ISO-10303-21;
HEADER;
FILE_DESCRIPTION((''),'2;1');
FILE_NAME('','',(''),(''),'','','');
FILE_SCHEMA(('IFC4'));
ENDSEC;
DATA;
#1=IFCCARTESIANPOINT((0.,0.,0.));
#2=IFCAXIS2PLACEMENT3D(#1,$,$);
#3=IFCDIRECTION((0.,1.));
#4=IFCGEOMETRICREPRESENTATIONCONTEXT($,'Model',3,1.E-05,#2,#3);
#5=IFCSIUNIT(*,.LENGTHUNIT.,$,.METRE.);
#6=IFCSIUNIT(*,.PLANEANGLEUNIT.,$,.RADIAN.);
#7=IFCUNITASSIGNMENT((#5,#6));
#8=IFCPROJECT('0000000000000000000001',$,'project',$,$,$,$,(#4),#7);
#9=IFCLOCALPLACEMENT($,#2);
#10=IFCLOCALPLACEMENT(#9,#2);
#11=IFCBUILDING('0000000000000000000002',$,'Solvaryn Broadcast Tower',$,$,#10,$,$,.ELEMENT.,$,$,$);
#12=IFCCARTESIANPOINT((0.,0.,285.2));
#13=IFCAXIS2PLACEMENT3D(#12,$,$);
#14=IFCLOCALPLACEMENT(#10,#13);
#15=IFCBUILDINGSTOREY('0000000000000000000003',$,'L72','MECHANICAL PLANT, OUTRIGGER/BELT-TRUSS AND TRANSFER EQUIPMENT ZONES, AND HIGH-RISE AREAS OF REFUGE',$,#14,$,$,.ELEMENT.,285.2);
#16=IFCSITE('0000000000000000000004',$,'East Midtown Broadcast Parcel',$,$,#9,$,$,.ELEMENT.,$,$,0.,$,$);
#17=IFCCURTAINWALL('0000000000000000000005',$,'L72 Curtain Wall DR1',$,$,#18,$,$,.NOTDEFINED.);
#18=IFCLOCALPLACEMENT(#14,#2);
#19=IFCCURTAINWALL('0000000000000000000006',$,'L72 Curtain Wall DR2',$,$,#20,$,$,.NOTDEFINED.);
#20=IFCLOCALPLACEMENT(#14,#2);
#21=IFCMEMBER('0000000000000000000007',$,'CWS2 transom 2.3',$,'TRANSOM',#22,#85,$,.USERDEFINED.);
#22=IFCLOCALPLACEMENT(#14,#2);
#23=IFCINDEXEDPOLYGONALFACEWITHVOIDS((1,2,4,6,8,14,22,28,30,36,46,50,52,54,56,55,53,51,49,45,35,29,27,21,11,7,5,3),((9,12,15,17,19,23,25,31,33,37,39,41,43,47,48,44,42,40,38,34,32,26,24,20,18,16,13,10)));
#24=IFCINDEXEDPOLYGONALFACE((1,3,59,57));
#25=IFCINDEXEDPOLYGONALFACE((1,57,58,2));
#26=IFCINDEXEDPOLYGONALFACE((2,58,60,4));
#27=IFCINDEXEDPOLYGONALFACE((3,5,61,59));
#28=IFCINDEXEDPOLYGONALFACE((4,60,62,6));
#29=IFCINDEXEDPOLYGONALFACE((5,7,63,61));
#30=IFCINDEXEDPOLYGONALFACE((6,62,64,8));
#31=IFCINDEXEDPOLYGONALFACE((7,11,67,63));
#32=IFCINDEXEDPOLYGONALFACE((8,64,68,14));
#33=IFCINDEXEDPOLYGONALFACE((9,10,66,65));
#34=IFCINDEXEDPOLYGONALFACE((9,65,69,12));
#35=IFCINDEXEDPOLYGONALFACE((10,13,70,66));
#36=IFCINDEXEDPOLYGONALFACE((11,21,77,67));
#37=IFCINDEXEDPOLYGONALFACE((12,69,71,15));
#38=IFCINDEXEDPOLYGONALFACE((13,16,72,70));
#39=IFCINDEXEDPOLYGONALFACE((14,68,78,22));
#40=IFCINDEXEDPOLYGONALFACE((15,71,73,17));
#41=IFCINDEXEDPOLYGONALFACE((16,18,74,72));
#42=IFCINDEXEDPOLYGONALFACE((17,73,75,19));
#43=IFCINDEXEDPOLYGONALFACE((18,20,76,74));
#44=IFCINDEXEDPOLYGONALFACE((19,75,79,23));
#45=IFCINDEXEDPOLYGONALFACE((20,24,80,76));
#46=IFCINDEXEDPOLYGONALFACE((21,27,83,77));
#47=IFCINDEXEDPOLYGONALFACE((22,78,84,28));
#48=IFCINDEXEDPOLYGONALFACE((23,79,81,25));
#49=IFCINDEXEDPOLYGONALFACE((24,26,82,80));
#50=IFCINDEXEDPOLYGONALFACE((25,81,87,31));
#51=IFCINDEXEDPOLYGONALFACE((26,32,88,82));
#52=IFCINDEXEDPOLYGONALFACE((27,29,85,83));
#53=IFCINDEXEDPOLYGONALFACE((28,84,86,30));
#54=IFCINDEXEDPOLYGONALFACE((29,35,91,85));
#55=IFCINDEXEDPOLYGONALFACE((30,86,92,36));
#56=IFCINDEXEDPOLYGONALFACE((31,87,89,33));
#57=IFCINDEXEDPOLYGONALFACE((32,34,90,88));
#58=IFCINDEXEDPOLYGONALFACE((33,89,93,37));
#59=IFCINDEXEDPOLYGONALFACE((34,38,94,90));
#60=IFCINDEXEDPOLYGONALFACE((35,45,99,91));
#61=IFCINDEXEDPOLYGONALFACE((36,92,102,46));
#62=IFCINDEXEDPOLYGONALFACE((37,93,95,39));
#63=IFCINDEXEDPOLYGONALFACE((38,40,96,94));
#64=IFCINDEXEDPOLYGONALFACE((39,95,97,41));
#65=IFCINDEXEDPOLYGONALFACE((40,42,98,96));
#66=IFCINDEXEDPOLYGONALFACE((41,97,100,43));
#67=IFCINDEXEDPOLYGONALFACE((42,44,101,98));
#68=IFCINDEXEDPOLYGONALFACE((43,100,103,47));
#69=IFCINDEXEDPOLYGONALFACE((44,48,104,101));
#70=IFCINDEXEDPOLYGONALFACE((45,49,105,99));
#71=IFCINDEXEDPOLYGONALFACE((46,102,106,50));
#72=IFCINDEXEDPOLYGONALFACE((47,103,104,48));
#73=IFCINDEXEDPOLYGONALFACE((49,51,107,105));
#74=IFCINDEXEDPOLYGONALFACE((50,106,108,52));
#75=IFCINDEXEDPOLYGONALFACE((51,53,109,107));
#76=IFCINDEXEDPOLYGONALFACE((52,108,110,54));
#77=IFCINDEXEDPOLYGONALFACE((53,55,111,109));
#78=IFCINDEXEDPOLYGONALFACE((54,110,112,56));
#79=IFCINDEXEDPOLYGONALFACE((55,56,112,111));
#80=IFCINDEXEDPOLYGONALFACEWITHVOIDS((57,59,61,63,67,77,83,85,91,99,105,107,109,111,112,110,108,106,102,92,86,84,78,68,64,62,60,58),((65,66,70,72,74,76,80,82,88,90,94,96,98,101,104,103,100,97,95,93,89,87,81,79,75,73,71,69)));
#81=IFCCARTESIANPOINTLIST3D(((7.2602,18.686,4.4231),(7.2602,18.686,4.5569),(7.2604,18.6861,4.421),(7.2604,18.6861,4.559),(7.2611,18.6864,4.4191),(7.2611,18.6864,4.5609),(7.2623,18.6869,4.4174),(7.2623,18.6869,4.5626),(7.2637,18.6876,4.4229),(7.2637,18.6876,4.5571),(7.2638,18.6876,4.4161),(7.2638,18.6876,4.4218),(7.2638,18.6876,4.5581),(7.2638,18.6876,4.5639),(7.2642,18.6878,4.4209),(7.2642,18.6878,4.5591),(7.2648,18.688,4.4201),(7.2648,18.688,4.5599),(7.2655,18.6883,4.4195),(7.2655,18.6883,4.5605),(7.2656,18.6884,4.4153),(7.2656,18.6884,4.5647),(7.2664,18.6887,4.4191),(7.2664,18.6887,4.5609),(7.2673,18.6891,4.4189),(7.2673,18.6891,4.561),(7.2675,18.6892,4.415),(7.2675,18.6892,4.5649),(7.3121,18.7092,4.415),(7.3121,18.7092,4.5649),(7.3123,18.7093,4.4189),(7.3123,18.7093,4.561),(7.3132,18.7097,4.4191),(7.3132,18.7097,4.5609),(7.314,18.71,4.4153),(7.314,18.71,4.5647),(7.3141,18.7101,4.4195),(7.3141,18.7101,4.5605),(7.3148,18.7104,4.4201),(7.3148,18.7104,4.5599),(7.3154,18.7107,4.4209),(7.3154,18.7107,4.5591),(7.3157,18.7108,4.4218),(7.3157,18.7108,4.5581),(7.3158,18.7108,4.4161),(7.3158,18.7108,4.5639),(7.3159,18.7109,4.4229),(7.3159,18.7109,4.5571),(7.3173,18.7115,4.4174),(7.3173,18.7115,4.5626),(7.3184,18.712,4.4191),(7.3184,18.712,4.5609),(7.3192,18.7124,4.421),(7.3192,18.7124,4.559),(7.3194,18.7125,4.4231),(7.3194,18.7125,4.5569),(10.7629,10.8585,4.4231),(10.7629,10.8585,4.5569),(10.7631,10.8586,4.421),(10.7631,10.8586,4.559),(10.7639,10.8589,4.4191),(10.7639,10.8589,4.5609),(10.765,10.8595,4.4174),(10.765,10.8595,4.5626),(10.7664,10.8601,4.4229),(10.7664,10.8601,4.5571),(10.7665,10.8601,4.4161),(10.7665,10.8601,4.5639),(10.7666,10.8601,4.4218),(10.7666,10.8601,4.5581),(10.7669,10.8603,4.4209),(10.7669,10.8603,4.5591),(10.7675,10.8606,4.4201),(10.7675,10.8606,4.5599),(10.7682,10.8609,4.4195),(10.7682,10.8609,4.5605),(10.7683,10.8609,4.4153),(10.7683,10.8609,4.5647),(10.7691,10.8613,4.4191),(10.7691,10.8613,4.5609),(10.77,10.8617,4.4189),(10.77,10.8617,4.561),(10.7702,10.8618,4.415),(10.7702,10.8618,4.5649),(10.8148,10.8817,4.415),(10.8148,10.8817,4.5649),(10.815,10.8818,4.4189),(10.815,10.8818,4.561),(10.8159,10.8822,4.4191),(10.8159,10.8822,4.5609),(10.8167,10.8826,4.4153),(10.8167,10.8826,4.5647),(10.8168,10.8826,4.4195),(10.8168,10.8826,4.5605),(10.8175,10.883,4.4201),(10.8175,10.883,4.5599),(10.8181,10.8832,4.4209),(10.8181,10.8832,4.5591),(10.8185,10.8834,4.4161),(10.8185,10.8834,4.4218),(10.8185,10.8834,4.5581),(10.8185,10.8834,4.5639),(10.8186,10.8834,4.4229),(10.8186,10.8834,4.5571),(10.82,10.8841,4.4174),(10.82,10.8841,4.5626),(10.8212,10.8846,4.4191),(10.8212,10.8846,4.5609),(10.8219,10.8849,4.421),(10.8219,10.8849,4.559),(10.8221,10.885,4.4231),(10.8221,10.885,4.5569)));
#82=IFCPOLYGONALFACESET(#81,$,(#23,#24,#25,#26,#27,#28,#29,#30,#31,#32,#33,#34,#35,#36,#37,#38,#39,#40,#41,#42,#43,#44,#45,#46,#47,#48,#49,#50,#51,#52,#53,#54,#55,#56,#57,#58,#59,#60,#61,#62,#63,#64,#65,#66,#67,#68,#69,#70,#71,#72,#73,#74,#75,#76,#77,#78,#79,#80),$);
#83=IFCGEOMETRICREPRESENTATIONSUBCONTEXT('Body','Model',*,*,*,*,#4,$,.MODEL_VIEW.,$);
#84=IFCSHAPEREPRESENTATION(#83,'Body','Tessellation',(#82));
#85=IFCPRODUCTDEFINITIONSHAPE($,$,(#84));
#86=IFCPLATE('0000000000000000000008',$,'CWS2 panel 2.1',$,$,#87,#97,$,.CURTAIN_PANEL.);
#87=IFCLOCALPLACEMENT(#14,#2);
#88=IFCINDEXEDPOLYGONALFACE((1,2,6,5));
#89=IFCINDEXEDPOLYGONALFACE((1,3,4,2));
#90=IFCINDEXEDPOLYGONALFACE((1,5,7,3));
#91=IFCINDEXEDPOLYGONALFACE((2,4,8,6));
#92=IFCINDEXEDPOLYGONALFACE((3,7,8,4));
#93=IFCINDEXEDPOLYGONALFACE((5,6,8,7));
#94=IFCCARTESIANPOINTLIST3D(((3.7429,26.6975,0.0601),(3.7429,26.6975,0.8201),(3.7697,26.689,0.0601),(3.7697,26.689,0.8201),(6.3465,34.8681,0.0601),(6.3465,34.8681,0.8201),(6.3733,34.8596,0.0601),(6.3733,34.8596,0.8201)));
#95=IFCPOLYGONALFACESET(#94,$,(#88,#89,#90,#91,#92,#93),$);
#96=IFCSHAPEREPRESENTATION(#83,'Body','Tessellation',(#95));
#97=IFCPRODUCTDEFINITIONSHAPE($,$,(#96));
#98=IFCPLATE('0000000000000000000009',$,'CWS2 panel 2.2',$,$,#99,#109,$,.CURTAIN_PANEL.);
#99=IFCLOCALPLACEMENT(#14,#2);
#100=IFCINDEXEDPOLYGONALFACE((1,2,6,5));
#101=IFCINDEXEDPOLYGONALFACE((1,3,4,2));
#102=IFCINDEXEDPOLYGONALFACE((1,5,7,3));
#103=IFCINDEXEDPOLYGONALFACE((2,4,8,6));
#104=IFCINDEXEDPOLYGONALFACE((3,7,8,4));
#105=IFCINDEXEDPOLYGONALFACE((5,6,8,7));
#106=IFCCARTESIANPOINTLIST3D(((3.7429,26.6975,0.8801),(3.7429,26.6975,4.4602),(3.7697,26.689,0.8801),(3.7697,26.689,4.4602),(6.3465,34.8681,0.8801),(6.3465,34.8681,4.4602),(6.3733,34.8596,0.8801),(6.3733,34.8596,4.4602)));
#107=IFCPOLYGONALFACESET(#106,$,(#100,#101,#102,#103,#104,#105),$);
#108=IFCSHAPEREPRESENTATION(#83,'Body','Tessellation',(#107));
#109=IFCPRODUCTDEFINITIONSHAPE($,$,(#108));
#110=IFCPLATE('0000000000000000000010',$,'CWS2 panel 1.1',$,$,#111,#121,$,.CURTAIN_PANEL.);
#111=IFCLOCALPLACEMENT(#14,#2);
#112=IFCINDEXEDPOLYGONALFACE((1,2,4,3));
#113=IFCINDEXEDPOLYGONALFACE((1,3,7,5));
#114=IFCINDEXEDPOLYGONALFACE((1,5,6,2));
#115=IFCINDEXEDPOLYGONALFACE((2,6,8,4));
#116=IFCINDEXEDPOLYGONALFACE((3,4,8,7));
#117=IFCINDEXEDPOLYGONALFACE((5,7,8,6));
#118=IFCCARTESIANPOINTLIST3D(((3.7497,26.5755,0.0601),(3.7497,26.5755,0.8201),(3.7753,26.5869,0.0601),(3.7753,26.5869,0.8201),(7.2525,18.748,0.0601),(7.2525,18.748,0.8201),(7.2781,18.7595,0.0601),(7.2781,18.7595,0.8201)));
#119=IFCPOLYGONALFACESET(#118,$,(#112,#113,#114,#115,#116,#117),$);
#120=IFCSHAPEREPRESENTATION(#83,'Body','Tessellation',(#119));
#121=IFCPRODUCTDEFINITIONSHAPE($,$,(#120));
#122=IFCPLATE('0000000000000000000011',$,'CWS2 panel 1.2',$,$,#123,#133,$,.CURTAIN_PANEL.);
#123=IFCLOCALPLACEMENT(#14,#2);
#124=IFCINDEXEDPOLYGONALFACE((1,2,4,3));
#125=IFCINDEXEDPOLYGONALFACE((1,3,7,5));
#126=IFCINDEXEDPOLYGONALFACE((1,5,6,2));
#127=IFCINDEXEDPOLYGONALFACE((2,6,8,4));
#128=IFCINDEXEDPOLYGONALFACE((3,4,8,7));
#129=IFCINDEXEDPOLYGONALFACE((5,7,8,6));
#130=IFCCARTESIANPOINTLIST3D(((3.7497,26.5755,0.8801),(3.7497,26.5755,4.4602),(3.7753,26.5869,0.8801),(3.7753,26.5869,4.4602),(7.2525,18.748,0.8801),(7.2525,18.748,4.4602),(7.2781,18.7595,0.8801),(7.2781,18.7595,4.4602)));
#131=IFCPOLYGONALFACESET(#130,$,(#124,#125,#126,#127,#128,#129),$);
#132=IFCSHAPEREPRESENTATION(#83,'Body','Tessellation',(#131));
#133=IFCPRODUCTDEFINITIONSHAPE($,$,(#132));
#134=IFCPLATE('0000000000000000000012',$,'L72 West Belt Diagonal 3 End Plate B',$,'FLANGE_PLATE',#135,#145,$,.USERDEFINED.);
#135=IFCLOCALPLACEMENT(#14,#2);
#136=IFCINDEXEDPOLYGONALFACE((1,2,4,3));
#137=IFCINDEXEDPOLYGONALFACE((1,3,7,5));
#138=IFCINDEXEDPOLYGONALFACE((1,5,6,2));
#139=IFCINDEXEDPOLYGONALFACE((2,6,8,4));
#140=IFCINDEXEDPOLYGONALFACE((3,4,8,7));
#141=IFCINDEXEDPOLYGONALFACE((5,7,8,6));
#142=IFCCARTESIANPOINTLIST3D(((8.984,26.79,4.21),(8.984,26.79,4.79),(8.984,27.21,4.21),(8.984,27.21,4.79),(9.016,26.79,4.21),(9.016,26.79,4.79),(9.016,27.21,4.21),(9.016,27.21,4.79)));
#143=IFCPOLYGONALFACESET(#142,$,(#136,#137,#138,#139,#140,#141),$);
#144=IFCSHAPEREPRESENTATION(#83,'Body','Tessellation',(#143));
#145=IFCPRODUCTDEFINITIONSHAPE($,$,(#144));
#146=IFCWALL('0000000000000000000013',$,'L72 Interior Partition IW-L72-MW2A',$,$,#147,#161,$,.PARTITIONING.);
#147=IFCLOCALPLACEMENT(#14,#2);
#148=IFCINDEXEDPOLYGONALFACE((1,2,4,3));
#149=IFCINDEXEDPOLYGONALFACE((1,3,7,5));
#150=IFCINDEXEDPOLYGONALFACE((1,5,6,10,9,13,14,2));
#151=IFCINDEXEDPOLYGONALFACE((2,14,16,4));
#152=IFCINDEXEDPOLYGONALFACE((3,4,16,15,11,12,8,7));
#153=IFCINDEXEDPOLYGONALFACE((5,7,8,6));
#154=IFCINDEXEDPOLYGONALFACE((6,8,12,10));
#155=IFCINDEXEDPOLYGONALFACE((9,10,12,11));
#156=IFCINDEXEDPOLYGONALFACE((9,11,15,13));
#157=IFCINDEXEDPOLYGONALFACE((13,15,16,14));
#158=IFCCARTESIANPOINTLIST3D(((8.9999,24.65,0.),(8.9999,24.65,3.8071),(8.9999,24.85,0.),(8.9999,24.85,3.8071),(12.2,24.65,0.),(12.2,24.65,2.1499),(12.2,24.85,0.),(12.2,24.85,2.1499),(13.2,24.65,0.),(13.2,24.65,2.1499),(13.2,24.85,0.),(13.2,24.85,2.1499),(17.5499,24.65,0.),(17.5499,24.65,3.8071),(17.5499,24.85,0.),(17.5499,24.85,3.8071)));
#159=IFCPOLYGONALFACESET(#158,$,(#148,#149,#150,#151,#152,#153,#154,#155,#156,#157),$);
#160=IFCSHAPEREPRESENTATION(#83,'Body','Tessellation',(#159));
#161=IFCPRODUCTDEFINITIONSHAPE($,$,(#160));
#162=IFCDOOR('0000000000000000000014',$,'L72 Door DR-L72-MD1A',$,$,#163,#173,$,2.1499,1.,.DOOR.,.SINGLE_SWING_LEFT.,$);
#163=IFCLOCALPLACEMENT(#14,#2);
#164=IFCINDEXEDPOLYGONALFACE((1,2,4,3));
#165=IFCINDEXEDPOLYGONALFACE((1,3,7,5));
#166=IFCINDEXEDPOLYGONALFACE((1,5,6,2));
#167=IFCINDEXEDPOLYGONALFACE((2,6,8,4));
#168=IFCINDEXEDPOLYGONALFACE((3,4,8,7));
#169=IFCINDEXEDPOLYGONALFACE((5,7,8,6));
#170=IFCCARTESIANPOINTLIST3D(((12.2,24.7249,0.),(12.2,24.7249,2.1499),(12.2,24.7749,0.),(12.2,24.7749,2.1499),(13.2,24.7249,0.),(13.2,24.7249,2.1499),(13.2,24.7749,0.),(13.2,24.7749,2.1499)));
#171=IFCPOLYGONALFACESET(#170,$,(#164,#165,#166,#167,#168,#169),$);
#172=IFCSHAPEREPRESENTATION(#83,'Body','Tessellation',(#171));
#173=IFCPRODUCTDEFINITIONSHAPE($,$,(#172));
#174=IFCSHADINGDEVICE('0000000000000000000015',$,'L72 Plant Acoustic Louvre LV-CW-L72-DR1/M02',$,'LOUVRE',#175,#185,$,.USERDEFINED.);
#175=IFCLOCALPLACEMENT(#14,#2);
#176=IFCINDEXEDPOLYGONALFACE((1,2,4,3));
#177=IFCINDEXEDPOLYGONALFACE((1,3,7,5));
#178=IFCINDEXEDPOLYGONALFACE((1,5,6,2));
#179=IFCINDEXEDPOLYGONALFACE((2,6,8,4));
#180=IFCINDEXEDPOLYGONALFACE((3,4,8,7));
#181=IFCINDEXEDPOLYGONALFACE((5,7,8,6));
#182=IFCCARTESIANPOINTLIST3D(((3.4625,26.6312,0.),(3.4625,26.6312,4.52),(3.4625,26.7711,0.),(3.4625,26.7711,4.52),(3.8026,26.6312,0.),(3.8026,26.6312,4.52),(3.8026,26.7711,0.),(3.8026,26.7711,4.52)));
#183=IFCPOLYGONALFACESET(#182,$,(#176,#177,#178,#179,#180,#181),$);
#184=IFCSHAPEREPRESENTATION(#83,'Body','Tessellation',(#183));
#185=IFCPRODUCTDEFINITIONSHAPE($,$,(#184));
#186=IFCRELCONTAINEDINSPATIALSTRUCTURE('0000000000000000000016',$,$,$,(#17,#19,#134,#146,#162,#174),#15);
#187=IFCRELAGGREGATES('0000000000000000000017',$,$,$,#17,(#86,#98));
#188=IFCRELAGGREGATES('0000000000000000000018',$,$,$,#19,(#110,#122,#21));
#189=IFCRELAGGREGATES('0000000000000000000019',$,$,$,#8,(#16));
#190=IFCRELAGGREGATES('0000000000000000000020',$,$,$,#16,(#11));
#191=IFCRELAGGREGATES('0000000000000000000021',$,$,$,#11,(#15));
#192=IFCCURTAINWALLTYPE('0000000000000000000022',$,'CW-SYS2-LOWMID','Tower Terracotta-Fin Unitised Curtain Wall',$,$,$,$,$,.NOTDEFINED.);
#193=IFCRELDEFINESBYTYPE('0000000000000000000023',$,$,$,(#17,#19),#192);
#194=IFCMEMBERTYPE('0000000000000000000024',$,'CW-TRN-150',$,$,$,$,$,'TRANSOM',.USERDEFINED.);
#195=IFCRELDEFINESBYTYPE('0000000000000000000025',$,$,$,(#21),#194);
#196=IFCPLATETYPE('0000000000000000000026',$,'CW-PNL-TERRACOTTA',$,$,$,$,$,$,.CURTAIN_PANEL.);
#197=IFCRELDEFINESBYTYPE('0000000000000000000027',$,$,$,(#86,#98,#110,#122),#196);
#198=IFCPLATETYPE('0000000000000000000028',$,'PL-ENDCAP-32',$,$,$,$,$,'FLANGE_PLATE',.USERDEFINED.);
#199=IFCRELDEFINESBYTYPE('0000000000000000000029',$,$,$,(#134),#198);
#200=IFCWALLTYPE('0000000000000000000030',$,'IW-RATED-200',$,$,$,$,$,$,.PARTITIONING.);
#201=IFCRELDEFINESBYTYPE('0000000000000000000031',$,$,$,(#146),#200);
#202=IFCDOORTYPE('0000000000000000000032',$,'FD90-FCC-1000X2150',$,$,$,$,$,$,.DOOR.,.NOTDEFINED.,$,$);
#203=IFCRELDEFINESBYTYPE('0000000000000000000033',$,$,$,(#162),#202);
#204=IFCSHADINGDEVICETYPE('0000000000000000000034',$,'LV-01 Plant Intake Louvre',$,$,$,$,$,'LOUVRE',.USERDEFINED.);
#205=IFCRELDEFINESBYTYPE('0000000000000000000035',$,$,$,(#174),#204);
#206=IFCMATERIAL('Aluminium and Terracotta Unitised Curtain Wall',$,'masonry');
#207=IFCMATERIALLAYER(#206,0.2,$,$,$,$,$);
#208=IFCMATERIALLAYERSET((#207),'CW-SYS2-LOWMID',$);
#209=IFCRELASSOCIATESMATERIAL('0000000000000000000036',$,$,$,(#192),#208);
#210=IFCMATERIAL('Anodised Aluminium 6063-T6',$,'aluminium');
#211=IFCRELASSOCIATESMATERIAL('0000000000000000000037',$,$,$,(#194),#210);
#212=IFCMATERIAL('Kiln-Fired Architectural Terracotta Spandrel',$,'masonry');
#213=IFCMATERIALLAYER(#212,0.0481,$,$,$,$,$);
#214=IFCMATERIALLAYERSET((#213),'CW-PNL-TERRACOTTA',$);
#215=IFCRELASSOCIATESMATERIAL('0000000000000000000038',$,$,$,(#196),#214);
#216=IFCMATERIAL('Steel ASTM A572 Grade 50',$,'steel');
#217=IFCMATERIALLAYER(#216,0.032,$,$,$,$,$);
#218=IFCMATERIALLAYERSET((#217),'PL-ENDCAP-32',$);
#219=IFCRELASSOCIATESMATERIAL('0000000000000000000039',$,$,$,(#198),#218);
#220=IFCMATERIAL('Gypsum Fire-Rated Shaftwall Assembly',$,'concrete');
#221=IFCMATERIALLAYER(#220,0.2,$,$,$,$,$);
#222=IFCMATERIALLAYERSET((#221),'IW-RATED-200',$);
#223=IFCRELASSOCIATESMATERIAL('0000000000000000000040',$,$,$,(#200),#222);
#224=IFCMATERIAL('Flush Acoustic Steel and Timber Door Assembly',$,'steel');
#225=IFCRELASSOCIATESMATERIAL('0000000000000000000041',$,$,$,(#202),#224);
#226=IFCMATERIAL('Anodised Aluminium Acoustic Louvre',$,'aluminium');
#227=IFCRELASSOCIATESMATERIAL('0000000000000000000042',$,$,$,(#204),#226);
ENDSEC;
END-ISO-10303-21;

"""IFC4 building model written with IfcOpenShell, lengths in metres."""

from ifc_helpers import new_model, si_unit, direction, frame, frame_2d, origin, origin_2d, place, context, subcontext, project, spatial, rectangle, hollow_rectangle, extrude, material, layer, layer_set, material_profile, profile_set, type_object, element, fill, aggregate, save


model = new_model("IFC4")

# Units and contexts
model_context = context("Model", 3, precision=1e-05, world=origin(), true_north=direction((0.0, 1.0)))
body_context = subcontext(model_context, "Body", "Model", "MODEL_VIEW")
ifc_project = project(units=[si_unit("LENGTHUNIT", "METRE"), si_unit("PLANEANGLEUNIT", "RADIAN")], contexts=[model_context])

# Site, building, storey
site_placement = place(None, origin())
site = spatial("IfcSite", under=ifc_project, at=site_placement, Name="East Midtown Broadcast Parcel", CompositionType="ELEMENT", RefElevation=0.0)
building_placement = place(site_placement, origin())
building = spatial("IfcBuilding", under=site, at=building_placement, Name="Solvaryn Broadcast Tower", CompositionType="ELEMENT")
storey_placement = place(building_placement, frame((0.0, 0.0, 285.2)))
storey = spatial("IfcBuildingStorey", under=building, at=storey_placement, Name="L72", Description="MECHANICAL PLANT, OUTRIGGER/BELT-TRUSS AND TRANSFER EQUIPMENT ZONES, AND HIGH-RISE AREAS OF REFUGE", CompositionType="ELEMENT", Elevation=285.2)

# Curtain wall
ifc_material_1 = material(Name="Aluminium and Terracotta Unitised Curtain Wall", Category="masonry")
ifc_layer_1 = layer(ifc_material_1, 0.2)
ifc_layer_set_1 = layer_set([ifc_layer_1], Name="CW-SYS2-LOWMID")
curtain_wall_type = type_object("IfcCurtainWallType", Name="CW-SYS2-LOWMID", Description="Tower Terracotta-Fin Unitised Curtain Wall", PredefinedType="NOTDEFINED", material=ifc_layer_set_1)
curtain_wall_1_placement = place(storey_placement, origin())
curtain_wall_1 = element("IfcCurtainWall", 1, at=curtain_wall_1_placement, inside=storey, type_object=curtain_wall_type, Name="L72 Curtain Wall DR1", PredefinedType="NOTDEFINED")

# Curtain wall, member
curtain_wall_2_placement = place(storey_placement, origin())
curtain_wall_2 = element("IfcCurtainWall", 2, at=curtain_wall_2_placement, inside=storey, type_object=curtain_wall_type, Name="L72 Curtain Wall DR2", PredefinedType="NOTDEFINED")
ifc_material_2 = material(Name="Anodised Aluminium 6063-T6", Category="aluminium")
ifc_material_profile_1 = material_profile(ifc_material_2, hollow_rectangle(XDim=0.0649, YDim=0.1499, WallThickness=0.0039, InnerFilletRadius=0.0039, OuterFilletRadius=0.0081, at=origin_2d()))
ifc_profile_set_1 = profile_set([ifc_material_profile_1], Name="Anodised Aluminium 6063-T6")
member_type_1 = type_object("IfcMemberType", Name="CW-TRN-150", ElementType="TRANSOM", PredefinedType="USERDEFINED", material=ifc_profile_set_1)
member_1_placement = place(storey_placement, frame((7.2898, 18.6992, 4.49), z_axis=(0.408459, -0.912777, 0.0), x_axis=(0.912777, 0.408459, 0.0)))
member_1 = element("IfcMember", 3, at=member_1_placement, type_object=member_type_1, Name="CWS2 transom 2.3", ObjectType="TRANSOM", PredefinedType="USERDEFINED", context=body_context, shape_type="SweptSolid", body=[
    extrude(hollow_rectangle(XDim=0.0649, YDim=0.1499, WallThickness=0.0039, InnerFilletRadius=0.0039, OuterFilletRadius=0.0081, at=origin_2d()), origin(), (0.0, 0.0, 1.0), 8.5754),
])

# Plates
ifc_material_3 = material(Name="Kiln-Fired Architectural Terracotta Spandrel", Category="masonry")
ifc_layer_2 = layer(ifc_material_3, 0.0481)
ifc_layer_set_2 = layer_set([ifc_layer_2], Name="CW-PNL-TERRACOTTA")
plate_type_1 = type_object("IfcPlateType", Name="CW-PNL-TERRACOTTA", PredefinedType="CURTAIN_PANEL", material=ifc_layer_set_2)
plate_1_placement = place(storey_placement, frame((5.0581, 30.7786, 0.0601), z_axis=(0.0, 0.0, 1.0), x_axis=(-0.303616, -0.952795, 0.0)))
plate_1 = element("IfcPlate", 4, at=plate_1_placement, type_object=plate_type_1, Name="CWS2 panel 2.1", PredefinedType="CURTAIN_PANEL", context=body_context, shape_type="SweptSolid", body=[
    extrude(rectangle(XDim=8.5754, YDim=0.0281, at=origin_2d()), origin(), (0.0, 0.0, 1.0), 0.76),
])
plate_2_placement = place(storey_placement, frame((5.0581, 30.7786, 0.8801), z_axis=(0.0, 0.0, 1.0), x_axis=(-0.303616, -0.952795, 0.0)))
plate_2 = element("IfcPlate", 5, at=plate_2_placement, type_object=plate_type_1, Name="CWS2 panel 2.2", PredefinedType="CURTAIN_PANEL", context=body_context, shape_type="SweptSolid", body=[
    extrude(rectangle(XDim=8.5754, YDim=0.0281, at=origin_2d()), origin(), (0.0, 0.0, 1.0), 3.5801),
])
aggregate(curtain_wall_1, [plate_1, plate_2])
plate_3_placement = place(storey_placement, frame((5.5139, 22.6675, 0.0601), z_axis=(0.0, 0.0, 1.0), x_axis=(0.408466, -0.912774, 0.0)))
plate_3 = element("IfcPlate", 6, at=plate_3_placement, type_object=plate_type_1, Name="CWS2 panel 1.1", PredefinedType="CURTAIN_PANEL", context=body_context, shape_type="SweptSolid", body=[
    extrude(rectangle(XDim=8.5754, YDim=0.0281, at=origin_2d()), origin(), (0.0, 0.0, 1.0), 0.76),
])
plate_4_placement = place(storey_placement, frame((5.5139, 22.6675, 0.8801), z_axis=(0.0, 0.0, 1.0), x_axis=(0.408466, -0.912774, 0.0)))
plate_4 = element("IfcPlate", 7, at=plate_4_placement, type_object=plate_type_1, Name="CWS2 panel 1.2", PredefinedType="CURTAIN_PANEL", context=body_context, shape_type="SweptSolid", body=[
    extrude(rectangle(XDim=8.5754, YDim=0.0281, at=origin_2d()), origin(), (0.0, 0.0, 1.0), 3.5801),
])
aggregate(curtain_wall_2, [plate_3, plate_4, member_1])
ifc_material_4 = material(Name="Steel ASTM A572 Grade 50", Category="steel")
ifc_layer_3 = layer(ifc_material_4, 0.032)
ifc_layer_set_3 = layer_set([ifc_layer_3], Name="PL-ENDCAP-32")
plate_type_2 = type_object("IfcPlateType", Name="PL-ENDCAP-32", ElementType="FLANGE_PLATE", PredefinedType="USERDEFINED", material=ifc_layer_set_3)
plate_5_placement = place(storey_placement, frame((9.0, 27.0, 4.21), z_axis=(0.0, 0.0, 1.0), x_axis=(1.0, 0.0, 0.0)))
element("IfcPlate", 8, at=plate_5_placement, inside=storey, type_object=plate_type_2, Name="L72 West Belt Diagonal 3 End Plate B", ObjectType="FLANGE_PLATE", PredefinedType="USERDEFINED", context=body_context, shape_type="SweptSolid", body=[
    extrude(rectangle(XDim=0.032, YDim=0.4199, at=origin_2d()), origin(), (0.0, 0.0, 1.0), 0.5801),
])

# Wall, opening, door
ifc_material_5 = material(Name="Gypsum Fire-Rated Shaftwall Assembly", Category="concrete")
ifc_layer_4 = layer(ifc_material_5, 0.2)
ifc_layer_set_4 = layer_set([ifc_layer_4], Name="IW-RATED-200")
wall_type = type_object("IfcWallType", Name="IW-RATED-200", PredefinedType="PARTITIONING", material=ifc_layer_set_4)
wall_placement = place(storey_placement, frame((9.0, 24.75, 0.0), z_axis=(0.0, 0.0, 1.0), x_axis=(1.0, 0.0, 0.0)))
wall = element("IfcWall", 9, at=wall_placement, inside=storey, type_object=wall_type, Name="L72 Interior Partition IW-L72-MW2A", PredefinedType="PARTITIONING", context=body_context, shape_type="SweptSolid", body=[
    extrude(rectangle(XDim=8.55, YDim=0.2, at=frame_2d((4.2749, 0.0))), origin(), (0.0, 0.0, 1.0), 3.8071),
])
opening_placement = place(wall_placement, frame((3.2, 0.0, 0.0)))
opening = element("IfcOpeningElement", 10, at=opening_placement, cuts=wall, PredefinedType="OPENING", context=body_context, shape_type="SweptSolid", body=[
    extrude(rectangle(XDim=1.0, YDim=2.1499, at=frame_2d((0.5, 1.075))), frame((0.0, 0.1101, 0.0), z_axis=(0.0, -1.0, 0.0), x_axis=(1.0, 0.0, 0.0)), (0.0, 0.0, 1.0), 0.22),
])
ifc_material_6 = material(Name="Flush Acoustic Steel and Timber Door Assembly", Category="steel")
door_type = type_object("IfcDoorType", Name="FD90-FCC-1000X2150", OperationType="NOTDEFINED", PredefinedType="DOOR", material=ifc_material_6)
door_placement = place(opening_placement, origin())
door = element("IfcDoor", 11, at=door_placement, inside=storey, type_object=door_type, Name="L72 Door DR-L72-MD1A", OperationType="SINGLE_SWING_LEFT", OverallHeight=2.1499, OverallWidth=1.0, PredefinedType="DOOR", context=body_context, shape_type="SweptSolid", body=[
    extrude(rectangle(XDim=1.0, YDim=2.1499, at=frame_2d((0.5, 1.075))), frame((0.0, 0.0249, 0.0), z_axis=(0.0, -1.0, 0.0), x_axis=(1.0, 0.0, 0.0)), (0.0, 0.0, 1.0), 0.05),
])
fill(opening, door)

# Shading device
ifc_material_7 = material(Name="Anodised Aluminium Acoustic Louvre", Category="aluminium")
shading_device_type = type_object("IfcShadingDeviceType", Name="LV-01 Plant Intake Louvre", ElementType="LOUVRE", PredefinedType="USERDEFINED", material=ifc_material_7)
for number, where, z_axis, x_axis, name in (
    (12, (3.6326, 26.7012, 0.0), (0.0, 0.0, 1.0), (1.0, 0.0, 0.0), "L72 Plant Acoustic Louvre LV-CW-L72-DR1/M02"),
):
    element("IfcShadingDevice", number, at=place(storey_placement, frame(where, z_axis=z_axis, x_axis=x_axis)), inside=storey, type_object=shading_device_type, Name=name, ObjectType="LOUVRE", PredefinedType="USERDEFINED", context=body_context, shape_type="SweptSolid", body=[
        extrude(rectangle(XDim=0.3401, YDim=0.1399, at=origin_2d()), origin(), (0.0, 0.0, 1.0), 4.52),
    ])

save(model, "model.ifc")
